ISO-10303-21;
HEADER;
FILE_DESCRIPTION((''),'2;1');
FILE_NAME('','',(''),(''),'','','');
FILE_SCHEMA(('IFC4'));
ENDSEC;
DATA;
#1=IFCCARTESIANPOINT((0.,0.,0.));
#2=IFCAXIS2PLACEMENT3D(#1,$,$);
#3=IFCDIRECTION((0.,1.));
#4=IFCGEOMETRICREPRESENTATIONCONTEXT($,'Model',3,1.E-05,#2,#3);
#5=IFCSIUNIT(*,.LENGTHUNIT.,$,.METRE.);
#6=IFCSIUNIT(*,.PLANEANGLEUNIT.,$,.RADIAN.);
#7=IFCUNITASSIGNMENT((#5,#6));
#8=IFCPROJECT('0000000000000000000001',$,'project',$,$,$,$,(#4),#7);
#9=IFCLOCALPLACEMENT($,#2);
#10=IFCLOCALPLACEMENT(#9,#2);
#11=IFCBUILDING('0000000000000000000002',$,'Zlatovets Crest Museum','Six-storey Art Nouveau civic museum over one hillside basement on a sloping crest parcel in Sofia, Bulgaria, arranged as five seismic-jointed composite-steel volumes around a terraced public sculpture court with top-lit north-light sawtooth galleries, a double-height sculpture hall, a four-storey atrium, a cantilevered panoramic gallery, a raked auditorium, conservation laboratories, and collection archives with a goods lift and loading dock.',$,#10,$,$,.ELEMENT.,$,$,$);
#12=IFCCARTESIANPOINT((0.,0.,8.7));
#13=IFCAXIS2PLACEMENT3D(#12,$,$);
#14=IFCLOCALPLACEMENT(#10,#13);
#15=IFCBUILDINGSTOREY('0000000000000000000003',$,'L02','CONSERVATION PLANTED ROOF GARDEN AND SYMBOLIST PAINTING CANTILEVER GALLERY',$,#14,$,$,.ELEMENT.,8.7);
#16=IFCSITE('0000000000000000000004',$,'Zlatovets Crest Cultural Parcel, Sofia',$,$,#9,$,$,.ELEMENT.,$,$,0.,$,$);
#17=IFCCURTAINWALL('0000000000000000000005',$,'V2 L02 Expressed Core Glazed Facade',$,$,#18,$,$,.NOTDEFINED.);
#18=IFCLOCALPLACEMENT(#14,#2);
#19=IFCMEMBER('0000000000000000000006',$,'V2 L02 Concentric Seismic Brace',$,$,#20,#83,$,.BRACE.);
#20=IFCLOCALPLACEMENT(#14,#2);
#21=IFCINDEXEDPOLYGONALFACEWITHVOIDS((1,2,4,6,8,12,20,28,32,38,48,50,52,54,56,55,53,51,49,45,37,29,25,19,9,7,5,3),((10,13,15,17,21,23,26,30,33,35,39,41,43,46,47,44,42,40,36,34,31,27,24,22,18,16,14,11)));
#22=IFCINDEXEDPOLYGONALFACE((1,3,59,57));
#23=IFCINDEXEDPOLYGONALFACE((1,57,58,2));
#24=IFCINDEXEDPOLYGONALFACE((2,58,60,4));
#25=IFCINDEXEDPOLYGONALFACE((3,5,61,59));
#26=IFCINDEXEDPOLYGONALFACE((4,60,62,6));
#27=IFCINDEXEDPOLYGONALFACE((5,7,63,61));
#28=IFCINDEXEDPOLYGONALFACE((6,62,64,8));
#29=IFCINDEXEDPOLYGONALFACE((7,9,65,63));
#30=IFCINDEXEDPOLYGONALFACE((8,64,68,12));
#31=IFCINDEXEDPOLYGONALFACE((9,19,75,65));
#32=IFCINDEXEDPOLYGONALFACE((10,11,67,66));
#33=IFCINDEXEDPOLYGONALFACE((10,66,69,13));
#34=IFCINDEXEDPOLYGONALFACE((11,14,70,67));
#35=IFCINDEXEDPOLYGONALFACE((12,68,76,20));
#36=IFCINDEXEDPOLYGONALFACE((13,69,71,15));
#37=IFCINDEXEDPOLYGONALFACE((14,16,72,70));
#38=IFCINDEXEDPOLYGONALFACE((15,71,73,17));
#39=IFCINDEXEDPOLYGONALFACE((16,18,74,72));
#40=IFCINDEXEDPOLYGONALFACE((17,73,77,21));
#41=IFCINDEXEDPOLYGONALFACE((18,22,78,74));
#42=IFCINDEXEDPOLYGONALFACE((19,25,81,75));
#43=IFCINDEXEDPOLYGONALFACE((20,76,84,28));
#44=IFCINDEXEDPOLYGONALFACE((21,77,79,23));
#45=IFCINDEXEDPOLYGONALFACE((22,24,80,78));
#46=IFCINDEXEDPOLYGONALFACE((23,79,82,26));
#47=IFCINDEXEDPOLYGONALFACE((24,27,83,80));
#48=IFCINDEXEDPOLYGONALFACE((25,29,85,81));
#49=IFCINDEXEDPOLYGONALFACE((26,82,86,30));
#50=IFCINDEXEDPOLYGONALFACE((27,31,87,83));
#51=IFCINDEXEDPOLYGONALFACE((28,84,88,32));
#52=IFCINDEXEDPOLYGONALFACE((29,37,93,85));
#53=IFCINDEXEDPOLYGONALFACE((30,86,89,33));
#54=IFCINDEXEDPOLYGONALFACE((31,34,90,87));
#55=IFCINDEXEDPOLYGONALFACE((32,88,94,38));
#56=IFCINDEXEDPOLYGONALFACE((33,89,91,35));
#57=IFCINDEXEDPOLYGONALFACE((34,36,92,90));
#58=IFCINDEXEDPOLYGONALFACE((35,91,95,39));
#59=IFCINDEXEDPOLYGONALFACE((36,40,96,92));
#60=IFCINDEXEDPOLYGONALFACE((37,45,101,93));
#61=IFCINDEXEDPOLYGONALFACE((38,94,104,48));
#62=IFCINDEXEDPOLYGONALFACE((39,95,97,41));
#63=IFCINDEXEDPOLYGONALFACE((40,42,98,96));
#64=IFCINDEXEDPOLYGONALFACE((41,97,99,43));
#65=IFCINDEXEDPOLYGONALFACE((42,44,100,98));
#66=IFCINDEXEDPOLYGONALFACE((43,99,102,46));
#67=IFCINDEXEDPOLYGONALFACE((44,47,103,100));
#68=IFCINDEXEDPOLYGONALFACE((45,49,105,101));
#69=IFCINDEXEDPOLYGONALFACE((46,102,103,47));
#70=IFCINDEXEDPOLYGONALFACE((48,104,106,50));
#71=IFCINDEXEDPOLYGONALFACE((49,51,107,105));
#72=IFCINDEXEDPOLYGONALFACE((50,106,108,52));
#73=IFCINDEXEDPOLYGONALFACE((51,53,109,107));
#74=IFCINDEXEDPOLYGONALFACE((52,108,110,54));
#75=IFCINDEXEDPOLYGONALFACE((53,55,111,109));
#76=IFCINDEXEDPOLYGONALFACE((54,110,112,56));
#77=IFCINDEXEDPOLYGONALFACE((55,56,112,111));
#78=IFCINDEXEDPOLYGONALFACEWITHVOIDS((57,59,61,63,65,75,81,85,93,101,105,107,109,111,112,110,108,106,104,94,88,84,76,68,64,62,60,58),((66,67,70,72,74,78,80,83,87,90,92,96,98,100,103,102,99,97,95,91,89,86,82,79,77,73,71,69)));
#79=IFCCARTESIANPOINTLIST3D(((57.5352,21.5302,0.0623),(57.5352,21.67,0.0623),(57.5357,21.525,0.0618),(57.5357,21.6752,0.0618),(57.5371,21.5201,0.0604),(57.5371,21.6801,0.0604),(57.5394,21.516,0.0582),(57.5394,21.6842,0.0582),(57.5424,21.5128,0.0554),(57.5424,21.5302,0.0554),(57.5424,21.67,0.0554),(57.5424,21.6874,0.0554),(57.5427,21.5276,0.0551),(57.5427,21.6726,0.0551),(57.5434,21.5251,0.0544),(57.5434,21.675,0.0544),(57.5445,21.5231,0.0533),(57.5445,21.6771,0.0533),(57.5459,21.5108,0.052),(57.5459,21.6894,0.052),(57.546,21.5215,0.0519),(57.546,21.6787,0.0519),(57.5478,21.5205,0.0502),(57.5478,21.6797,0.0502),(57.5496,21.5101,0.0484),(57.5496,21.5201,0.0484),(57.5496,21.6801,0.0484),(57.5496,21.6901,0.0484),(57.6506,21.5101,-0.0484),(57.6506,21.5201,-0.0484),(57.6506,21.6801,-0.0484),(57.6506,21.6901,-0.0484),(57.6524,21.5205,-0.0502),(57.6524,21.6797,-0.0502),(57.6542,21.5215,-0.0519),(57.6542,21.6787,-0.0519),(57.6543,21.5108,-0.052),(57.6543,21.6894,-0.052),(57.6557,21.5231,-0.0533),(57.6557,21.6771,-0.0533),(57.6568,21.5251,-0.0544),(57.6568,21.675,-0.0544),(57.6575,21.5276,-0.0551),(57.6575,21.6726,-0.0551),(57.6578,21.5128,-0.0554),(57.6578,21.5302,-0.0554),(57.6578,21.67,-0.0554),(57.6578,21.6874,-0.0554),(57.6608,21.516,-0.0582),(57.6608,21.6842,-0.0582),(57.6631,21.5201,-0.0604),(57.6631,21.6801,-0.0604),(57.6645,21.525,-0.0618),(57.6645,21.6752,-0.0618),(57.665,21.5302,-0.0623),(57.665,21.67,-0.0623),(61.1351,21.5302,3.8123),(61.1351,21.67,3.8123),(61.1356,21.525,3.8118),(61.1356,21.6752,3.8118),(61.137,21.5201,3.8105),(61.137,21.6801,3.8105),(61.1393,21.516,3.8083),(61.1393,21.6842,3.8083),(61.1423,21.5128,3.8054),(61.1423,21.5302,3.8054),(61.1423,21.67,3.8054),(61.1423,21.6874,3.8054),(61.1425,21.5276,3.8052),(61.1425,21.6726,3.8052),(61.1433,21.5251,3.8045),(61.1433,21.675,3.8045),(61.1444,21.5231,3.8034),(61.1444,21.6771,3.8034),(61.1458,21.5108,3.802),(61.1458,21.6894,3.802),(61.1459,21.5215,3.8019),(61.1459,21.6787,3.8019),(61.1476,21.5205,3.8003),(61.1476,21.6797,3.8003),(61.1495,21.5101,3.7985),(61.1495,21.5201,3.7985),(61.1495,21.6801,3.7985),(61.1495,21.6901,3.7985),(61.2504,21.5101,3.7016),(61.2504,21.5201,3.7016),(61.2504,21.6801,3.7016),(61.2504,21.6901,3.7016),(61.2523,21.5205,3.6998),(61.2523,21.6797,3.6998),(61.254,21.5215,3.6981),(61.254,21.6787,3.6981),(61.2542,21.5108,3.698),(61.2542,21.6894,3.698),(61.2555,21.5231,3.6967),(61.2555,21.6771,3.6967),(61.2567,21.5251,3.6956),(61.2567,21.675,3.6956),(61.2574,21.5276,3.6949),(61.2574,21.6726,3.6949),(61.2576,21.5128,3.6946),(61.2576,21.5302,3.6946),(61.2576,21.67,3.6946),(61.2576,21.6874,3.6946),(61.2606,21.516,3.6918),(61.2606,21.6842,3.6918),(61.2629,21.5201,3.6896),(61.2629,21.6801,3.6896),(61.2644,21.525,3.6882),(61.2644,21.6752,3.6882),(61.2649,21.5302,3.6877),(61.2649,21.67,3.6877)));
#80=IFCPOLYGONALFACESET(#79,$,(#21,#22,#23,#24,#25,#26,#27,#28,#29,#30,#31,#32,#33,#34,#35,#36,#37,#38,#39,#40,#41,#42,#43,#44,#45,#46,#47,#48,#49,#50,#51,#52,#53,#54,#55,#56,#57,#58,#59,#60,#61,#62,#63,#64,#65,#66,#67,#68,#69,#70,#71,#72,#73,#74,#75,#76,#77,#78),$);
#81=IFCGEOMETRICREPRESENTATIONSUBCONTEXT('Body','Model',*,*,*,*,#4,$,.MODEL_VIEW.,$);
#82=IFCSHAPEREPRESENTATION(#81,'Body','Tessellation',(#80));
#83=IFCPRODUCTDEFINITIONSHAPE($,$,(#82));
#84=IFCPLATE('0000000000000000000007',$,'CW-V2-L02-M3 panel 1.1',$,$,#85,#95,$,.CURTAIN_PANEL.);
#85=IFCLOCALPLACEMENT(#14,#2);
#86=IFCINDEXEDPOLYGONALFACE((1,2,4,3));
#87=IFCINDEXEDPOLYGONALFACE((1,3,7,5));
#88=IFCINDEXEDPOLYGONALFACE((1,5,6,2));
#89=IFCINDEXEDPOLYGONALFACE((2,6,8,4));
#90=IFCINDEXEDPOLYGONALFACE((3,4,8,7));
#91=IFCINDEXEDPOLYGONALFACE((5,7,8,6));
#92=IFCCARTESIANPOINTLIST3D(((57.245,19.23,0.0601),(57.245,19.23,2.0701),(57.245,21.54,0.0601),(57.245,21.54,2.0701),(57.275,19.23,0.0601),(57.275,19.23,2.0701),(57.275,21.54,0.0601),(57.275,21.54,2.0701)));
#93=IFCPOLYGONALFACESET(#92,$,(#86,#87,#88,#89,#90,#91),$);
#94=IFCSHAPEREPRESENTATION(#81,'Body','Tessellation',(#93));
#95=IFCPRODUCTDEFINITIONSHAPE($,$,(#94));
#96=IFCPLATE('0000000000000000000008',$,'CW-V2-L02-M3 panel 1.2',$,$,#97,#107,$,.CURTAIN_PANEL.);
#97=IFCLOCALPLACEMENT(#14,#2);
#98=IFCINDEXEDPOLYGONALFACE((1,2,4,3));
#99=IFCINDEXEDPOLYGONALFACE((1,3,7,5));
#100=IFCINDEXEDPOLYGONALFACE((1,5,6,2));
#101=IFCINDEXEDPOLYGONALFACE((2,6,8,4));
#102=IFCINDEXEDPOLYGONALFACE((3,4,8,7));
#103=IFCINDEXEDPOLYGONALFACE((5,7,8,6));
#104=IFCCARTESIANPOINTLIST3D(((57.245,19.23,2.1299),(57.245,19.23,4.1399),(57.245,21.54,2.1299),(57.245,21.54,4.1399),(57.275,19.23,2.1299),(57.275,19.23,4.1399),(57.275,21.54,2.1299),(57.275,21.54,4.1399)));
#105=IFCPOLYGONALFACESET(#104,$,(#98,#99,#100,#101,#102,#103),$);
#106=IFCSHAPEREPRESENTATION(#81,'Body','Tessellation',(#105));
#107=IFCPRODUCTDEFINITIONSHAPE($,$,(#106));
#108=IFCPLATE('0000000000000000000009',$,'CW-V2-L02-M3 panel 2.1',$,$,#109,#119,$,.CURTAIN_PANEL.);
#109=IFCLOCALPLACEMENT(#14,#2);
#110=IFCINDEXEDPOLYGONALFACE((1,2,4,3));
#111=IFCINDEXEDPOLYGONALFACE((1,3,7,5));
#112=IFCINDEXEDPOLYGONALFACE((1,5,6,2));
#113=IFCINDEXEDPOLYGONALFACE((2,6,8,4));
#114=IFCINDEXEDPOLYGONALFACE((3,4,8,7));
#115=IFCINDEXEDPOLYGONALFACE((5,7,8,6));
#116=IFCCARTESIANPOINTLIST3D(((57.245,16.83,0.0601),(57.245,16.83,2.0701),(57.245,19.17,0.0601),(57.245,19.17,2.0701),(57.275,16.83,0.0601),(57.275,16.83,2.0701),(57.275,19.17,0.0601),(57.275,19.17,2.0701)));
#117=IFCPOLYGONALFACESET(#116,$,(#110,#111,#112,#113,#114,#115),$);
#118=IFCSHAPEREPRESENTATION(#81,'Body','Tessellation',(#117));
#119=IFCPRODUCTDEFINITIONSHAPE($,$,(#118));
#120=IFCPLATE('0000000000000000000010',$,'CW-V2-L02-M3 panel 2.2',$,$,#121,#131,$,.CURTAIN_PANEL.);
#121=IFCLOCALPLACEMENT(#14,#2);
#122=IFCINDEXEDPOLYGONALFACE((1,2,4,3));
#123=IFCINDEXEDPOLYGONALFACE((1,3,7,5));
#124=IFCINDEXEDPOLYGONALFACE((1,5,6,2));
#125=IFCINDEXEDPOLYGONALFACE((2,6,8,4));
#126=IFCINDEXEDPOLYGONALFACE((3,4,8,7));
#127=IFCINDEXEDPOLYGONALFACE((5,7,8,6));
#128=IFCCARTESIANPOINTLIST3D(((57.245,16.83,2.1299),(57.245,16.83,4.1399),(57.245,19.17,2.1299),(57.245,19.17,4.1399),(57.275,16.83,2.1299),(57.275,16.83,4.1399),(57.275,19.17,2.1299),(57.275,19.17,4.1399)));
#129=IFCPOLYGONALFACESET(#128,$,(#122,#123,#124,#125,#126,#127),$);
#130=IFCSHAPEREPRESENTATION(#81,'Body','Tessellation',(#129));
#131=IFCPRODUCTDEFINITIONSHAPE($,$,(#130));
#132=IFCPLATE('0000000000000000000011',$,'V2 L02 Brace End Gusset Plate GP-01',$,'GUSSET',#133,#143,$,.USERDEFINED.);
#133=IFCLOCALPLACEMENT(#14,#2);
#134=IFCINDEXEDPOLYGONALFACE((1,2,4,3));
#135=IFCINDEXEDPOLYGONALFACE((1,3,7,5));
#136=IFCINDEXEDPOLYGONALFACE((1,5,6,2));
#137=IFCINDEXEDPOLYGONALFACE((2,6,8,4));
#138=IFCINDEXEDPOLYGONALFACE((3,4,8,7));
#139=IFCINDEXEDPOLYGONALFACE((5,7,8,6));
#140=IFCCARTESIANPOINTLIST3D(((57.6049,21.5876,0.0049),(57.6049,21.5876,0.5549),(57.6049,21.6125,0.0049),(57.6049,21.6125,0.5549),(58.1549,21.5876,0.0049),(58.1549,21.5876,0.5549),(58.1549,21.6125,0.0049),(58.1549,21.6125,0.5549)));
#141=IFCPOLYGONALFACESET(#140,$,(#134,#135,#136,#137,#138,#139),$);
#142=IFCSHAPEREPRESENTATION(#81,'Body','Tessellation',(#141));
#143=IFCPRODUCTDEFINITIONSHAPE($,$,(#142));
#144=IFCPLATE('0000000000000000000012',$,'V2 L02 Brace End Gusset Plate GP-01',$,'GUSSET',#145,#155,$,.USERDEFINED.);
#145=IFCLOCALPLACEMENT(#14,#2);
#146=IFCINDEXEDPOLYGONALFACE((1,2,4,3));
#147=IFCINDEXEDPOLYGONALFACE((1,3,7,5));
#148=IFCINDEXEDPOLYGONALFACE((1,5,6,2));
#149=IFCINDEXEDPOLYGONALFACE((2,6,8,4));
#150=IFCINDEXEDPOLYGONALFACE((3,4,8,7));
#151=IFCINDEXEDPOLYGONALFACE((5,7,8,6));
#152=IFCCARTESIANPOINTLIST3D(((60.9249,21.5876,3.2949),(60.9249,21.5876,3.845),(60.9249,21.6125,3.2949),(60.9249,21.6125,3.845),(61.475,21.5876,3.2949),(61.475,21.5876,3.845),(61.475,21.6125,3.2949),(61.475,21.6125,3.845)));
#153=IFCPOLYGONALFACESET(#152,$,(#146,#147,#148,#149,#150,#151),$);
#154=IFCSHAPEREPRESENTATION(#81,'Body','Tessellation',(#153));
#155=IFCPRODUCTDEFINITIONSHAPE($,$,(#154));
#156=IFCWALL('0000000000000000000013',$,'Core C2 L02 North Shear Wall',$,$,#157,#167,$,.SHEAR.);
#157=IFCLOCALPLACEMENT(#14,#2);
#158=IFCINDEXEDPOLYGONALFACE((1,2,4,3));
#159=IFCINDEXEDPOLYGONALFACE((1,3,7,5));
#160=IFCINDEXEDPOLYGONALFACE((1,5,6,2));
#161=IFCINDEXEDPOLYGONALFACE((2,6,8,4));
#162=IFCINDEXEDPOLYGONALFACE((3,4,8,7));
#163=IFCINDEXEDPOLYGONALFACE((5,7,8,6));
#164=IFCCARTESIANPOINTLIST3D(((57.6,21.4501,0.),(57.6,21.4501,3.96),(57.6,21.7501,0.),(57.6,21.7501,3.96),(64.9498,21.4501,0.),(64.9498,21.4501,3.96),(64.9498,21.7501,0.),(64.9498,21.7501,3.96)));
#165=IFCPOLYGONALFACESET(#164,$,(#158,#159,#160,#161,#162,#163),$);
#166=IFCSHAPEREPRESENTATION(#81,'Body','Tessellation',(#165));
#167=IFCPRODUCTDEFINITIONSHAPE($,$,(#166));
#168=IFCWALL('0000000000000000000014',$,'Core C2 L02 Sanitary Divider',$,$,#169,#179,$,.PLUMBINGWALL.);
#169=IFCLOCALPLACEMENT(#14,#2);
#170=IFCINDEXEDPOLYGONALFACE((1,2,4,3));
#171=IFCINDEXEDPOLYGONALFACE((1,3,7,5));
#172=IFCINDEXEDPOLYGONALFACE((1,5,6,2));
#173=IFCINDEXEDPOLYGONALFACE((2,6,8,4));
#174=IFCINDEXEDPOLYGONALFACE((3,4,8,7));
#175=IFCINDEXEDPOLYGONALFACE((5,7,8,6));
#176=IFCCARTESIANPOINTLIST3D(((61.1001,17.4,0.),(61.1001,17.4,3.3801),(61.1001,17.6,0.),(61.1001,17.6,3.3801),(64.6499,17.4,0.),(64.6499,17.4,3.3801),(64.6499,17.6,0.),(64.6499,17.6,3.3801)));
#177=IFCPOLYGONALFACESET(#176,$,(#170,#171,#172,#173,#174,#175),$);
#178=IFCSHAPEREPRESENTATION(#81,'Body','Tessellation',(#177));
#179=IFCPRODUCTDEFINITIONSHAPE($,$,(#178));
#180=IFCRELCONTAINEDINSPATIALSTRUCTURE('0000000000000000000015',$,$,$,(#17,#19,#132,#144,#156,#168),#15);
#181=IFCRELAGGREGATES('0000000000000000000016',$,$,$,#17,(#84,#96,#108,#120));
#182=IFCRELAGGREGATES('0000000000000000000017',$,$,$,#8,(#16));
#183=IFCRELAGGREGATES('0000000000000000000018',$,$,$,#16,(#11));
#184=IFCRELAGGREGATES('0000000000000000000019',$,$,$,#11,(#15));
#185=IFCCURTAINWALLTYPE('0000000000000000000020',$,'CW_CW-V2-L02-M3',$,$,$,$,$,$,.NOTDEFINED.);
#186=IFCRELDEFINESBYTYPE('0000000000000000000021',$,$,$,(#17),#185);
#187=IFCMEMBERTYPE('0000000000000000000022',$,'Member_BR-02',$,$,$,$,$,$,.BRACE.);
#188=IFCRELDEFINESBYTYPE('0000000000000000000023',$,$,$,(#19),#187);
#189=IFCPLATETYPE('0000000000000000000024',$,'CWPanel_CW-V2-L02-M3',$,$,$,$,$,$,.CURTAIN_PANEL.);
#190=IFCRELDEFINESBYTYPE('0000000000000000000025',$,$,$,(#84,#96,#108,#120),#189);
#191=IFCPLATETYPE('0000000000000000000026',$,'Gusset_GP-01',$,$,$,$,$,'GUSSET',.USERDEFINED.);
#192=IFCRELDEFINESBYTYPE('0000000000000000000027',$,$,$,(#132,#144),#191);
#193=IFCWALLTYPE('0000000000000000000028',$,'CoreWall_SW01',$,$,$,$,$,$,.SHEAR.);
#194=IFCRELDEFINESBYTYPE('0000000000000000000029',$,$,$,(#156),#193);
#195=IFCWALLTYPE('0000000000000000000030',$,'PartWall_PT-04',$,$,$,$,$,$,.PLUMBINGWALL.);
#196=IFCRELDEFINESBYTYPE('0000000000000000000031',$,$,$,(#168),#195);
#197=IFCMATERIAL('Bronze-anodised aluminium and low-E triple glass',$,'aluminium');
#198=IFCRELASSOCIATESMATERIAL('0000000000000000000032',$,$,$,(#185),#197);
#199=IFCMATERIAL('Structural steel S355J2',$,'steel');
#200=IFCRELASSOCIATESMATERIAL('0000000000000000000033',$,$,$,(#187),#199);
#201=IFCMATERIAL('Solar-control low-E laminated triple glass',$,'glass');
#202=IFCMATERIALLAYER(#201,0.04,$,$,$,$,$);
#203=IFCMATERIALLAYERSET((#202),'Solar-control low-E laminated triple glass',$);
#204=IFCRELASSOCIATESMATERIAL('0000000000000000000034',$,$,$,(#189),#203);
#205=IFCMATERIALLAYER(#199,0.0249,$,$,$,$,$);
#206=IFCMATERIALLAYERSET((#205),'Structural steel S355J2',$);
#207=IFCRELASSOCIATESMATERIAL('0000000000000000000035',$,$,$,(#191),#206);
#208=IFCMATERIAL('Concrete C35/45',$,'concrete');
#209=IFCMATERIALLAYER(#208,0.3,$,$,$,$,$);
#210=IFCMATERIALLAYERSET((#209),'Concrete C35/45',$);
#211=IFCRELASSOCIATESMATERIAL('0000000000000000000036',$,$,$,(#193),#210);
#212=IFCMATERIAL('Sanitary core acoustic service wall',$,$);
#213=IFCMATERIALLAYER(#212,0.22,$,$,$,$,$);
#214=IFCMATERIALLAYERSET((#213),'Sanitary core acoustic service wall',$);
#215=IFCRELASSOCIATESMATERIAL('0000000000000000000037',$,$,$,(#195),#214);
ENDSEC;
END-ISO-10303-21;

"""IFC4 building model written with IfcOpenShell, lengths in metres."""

from ifc_helpers import new_model, si_unit, direction, frame, frame_2d, origin, origin_2d, place, context, subcontext, project, spatial, rectangle, hollow_rectangle, extrude, material, layer, layer_set, material_profile, profile_set, type_object, element, aggregate, save


model = new_model("IFC4")

# Units and contexts
model_context = context("Model", 3, precision=1e-05, world=origin(), true_north=direction((0.0, 1.0)))
body_context = subcontext(model_context, "Body", "Model", "MODEL_VIEW")
ifc_project = project(units=[si_unit("LENGTHUNIT", "METRE"), si_unit("PLANEANGLEUNIT", "RADIAN")], contexts=[model_context])

# Site, building, storey
site_placement = place(None, origin())
site = spatial("IfcSite", under=ifc_project, at=site_placement, Name="Zlatovets Crest Cultural Parcel, Sofia", CompositionType="ELEMENT", RefElevation=0.0)
building_placement = place(site_placement, origin())
building = spatial("IfcBuilding", under=site, at=building_placement, Name="Zlatovets Crest Museum", Description="Six-storey Art Nouveau civic museum over one hillside basement on a sloping crest parcel in Sofia, Bulgaria, arranged as five seismic-jointed composite-steel volumes around a terraced public sculpture court with top-lit north-light sawtooth galleries, a double-height sculpture hall, a four-storey atrium, a cantilevered panoramic gallery, a raked auditorium, conservation laboratories, and collection archives with a goods lift and loading dock.", CompositionType="ELEMENT")
storey_placement = place(building_placement, frame((0.0, 0.0, 8.7)))
storey = spatial("IfcBuildingStorey", under=building, at=storey_placement, Name="L02", Description="CONSERVATION PLANTED ROOF GARDEN AND SYMBOLIST PAINTING CANTILEVER GALLERY", CompositionType="ELEMENT", Elevation=8.7)

# Shared definitions
ifc_material_1 = material(Name="Structural steel S355J2", Category="steel")

# Curtain wall
ifc_material_2 = material(Name="Bronze-anodised aluminium and low-E triple glass", Category="aluminium")
curtain_wall_type_1 = type_object("IfcCurtainWallType", Name="CW_CW-V2-L02-M3", PredefinedType="NOTDEFINED", material=ifc_material_2)
curtain_wall_1_placement = place(storey_placement, origin())
curtain_wall_1 = element("IfcCurtainWall", 1, at=curtain_wall_1_placement, inside=storey, type_object=curtain_wall_type_1, Name="V2 L02 Expressed Core Glazed Facade", PredefinedType="NOTDEFINED")

# Member
ifc_material_profile_1 = material_profile(ifc_material_1, hollow_rectangle(XDim=0.1799, YDim=0.1799, WallThickness=0.01, InnerFilletRadius=0.01, OuterFilletRadius=0.02, at=origin_2d()), Name="SHS 180x180x10.0")
ifc_profile_set_1 = profile_set([ifc_material_profile_1], Name="Structural steel S355J2")
member_type_1 = type_object("IfcMemberType", Name="Member_BR-02", PredefinedType="BRACE", material=ifc_profile_set_1)
member_1_placement = place(storey_placement, frame((57.6001, 21.6001, 0.0), z_axis=(0.692517, 0.0, 0.721401), x_axis=(0.0, 1.0, 0.0)))
element("IfcMember", 2, at=member_1_placement, inside=storey, type_object=member_type_1, Name="V2 L02 Concentric Seismic Brace", PredefinedType="BRACE", context=body_context, shape_type="SweptSolid", body=[
    extrude(hollow_rectangle(XDim=0.1799, YDim=0.1799, WallThickness=0.01, InnerFilletRadius=0.01, OuterFilletRadius=0.02, at=origin_2d()), origin(), (0.0, 0.0, 1.0), 5.1982),
])

# Plates
ifc_material_3 = material(Name="Solar-control low-E laminated triple glass", Category="glass")
ifc_layer_1 = layer(ifc_material_3, 0.04)
ifc_layer_set_1 = layer_set([ifc_layer_1], Name="Solar-control low-E laminated triple glass")
plate_type_1 = type_object("IfcPlateType", Name="CWPanel_CW-V2-L02-M3", PredefinedType="CURTAIN_PANEL", material=ifc_layer_set_1)
plate_1_placement = place(storey_placement, frame((57.26, 20.385, 0.0601), z_axis=(0.0, 0.0, 1.0), x_axis=(0.0, -1.0, 0.0)))
plate_1 = element("IfcPlate", 3, at=plate_1_placement, type_object=plate_type_1, Name="CW-V2-L02-M3 panel 1.1", PredefinedType="CURTAIN_PANEL", context=body_context, shape_type="SweptSolid", body=[
    extrude(rectangle(XDim=2.3101, YDim=0.03, at=origin_2d()), origin(), (0.0, 0.0, 1.0), 2.01),
])
plate_2_placement = place(storey_placement, frame((57.26, 20.385, 2.1299), z_axis=(0.0, 0.0, 1.0), x_axis=(0.0, -1.0, 0.0)))
plate_2 = element("IfcPlate", 4, at=plate_2_placement, type_object=plate_type_1, Name="CW-V2-L02-M3 panel 1.2", PredefinedType="CURTAIN_PANEL", context=body_context, shape_type="SweptSolid", body=[
    extrude(rectangle(XDim=2.3101, YDim=0.03, at=origin_2d()), origin(), (0.0, 0.0, 1.0), 2.01),
])
plate_3_placement = place(storey_placement, frame((57.26, 18.0, 0.0601), z_axis=(0.0, 0.0, 1.0), x_axis=(0.0, -1.0, 0.0)))
plate_3 = element("IfcPlate", 5, at=plate_3_placement, type_object=plate_type_1, Name="CW-V2-L02-M3 panel 2.1", PredefinedType="CURTAIN_PANEL", context=body_context, shape_type="SweptSolid", body=[
    extrude(rectangle(XDim=2.3401, YDim=0.03, at=origin_2d()), origin(), (0.0, 0.0, 1.0), 2.01),
])
plate_4_placement = place(storey_placement, frame((57.26, 18.0, 2.1299), z_axis=(0.0, 0.0, 1.0), x_axis=(0.0, -1.0, 0.0)))
plate_4 = element("IfcPlate", 6, at=plate_4_placement, type_object=plate_type_1, Name="CW-V2-L02-M3 panel 2.2", PredefinedType="CURTAIN_PANEL", context=body_context, shape_type="SweptSolid", body=[
    extrude(rectangle(XDim=2.3401, YDim=0.03, at=origin_2d()), origin(), (0.0, 0.0, 1.0), 2.01),
])
aggregate(curtain_wall_1, [plate_1, plate_2, plate_3, plate_4])

# Plates
ifc_layer_2 = layer(ifc_material_1, 0.0249)
ifc_layer_set_2 = layer_set([ifc_layer_2], Name="Structural steel S355J2")
plate_type_2 = type_object("IfcPlateType", Name="Gusset_GP-01", ElementType="GUSSET", PredefinedType="USERDEFINED", material=ifc_layer_set_2)
for number, where, z_axis, x_axis, name in (
    (7, (57.8799, 21.6001, 0.0049), (0.0, 0.0, 1.0), (1.0, 0.0, 0.0), "V2 L02 Brace End Gusset Plate GP-01"),
    (8, (61.2, 21.6001, 3.2949), (0.0, 0.0, 1.0), (1.0, 0.0, 0.0), "V2 L02 Brace End Gusset Plate GP-01"),
):
    element("IfcPlate", number, at=place(storey_placement, frame(where, z_axis=z_axis, x_axis=x_axis)), inside=storey, type_object=plate_type_2, Name=name, ObjectType="GUSSET", PredefinedType="USERDEFINED", context=body_context, shape_type="SweptSolid", body=[
        extrude(rectangle(XDim=0.55, YDim=0.0249, at=origin_2d()), origin(), (0.0, 0.0, 1.0), 0.55),
    ])

# Walls
ifc_material_4 = material(Name="Concrete C35/45", Category="concrete")
ifc_layer_3 = layer(ifc_material_4, 0.3)
ifc_layer_set_3 = layer_set([ifc_layer_3], Name="Concrete C35/45")
wall_type_1 = type_object("IfcWallType", Name="CoreWall_SW01", PredefinedType="SHEAR", material=ifc_layer_set_3)
wall_1_placement = place(storey_placement, frame((57.6001, 21.6001, 0.0), z_axis=(0.0, 0.0, 1.0), x_axis=(1.0, 0.0, 0.0)))
element("IfcWall", 9, at=wall_1_placement, inside=storey, type_object=wall_type_1, Name="Core C2 L02 North Shear Wall", PredefinedType="SHEAR", context=body_context, shape_type="SweptSolid", body=[
    extrude(rectangle(XDim=7.3499, YDim=0.3, at=frame_2d((3.6748, 0.0))), origin(), (0.0, 0.0, 1.0), 3.96),
])
ifc_material_5 = material(Name="Sanitary core acoustic service wall")
ifc_layer_4 = layer(ifc_material_5, 0.22)
ifc_layer_set_4 = layer_set([ifc_layer_4], Name="Sanitary core acoustic service wall")
wall_type_2 = type_object("IfcWallType", Name="PartWall_PT-04", PredefinedType="PLUMBINGWALL", material=ifc_layer_set_4)
wall_2_placement = place(storey_placement, frame((61.1001, 17.5, 0.0), z_axis=(0.0, 0.0, 1.0), x_axis=(1.0, 0.0, 0.0)))
element("IfcWall", 10, at=wall_2_placement, inside=storey, type_object=wall_type_2, Name="Core C2 L02 Sanitary Divider", PredefinedType="PLUMBINGWALL", context=body_context, shape_type="SweptSolid", body=[
    extrude(rectangle(XDim=3.5498, YDim=0.2, at=frame_2d((1.7749, 0.0))), origin(), (0.0, 0.0, 1.0), 3.3801),
])

save(model, "model.ifc")
